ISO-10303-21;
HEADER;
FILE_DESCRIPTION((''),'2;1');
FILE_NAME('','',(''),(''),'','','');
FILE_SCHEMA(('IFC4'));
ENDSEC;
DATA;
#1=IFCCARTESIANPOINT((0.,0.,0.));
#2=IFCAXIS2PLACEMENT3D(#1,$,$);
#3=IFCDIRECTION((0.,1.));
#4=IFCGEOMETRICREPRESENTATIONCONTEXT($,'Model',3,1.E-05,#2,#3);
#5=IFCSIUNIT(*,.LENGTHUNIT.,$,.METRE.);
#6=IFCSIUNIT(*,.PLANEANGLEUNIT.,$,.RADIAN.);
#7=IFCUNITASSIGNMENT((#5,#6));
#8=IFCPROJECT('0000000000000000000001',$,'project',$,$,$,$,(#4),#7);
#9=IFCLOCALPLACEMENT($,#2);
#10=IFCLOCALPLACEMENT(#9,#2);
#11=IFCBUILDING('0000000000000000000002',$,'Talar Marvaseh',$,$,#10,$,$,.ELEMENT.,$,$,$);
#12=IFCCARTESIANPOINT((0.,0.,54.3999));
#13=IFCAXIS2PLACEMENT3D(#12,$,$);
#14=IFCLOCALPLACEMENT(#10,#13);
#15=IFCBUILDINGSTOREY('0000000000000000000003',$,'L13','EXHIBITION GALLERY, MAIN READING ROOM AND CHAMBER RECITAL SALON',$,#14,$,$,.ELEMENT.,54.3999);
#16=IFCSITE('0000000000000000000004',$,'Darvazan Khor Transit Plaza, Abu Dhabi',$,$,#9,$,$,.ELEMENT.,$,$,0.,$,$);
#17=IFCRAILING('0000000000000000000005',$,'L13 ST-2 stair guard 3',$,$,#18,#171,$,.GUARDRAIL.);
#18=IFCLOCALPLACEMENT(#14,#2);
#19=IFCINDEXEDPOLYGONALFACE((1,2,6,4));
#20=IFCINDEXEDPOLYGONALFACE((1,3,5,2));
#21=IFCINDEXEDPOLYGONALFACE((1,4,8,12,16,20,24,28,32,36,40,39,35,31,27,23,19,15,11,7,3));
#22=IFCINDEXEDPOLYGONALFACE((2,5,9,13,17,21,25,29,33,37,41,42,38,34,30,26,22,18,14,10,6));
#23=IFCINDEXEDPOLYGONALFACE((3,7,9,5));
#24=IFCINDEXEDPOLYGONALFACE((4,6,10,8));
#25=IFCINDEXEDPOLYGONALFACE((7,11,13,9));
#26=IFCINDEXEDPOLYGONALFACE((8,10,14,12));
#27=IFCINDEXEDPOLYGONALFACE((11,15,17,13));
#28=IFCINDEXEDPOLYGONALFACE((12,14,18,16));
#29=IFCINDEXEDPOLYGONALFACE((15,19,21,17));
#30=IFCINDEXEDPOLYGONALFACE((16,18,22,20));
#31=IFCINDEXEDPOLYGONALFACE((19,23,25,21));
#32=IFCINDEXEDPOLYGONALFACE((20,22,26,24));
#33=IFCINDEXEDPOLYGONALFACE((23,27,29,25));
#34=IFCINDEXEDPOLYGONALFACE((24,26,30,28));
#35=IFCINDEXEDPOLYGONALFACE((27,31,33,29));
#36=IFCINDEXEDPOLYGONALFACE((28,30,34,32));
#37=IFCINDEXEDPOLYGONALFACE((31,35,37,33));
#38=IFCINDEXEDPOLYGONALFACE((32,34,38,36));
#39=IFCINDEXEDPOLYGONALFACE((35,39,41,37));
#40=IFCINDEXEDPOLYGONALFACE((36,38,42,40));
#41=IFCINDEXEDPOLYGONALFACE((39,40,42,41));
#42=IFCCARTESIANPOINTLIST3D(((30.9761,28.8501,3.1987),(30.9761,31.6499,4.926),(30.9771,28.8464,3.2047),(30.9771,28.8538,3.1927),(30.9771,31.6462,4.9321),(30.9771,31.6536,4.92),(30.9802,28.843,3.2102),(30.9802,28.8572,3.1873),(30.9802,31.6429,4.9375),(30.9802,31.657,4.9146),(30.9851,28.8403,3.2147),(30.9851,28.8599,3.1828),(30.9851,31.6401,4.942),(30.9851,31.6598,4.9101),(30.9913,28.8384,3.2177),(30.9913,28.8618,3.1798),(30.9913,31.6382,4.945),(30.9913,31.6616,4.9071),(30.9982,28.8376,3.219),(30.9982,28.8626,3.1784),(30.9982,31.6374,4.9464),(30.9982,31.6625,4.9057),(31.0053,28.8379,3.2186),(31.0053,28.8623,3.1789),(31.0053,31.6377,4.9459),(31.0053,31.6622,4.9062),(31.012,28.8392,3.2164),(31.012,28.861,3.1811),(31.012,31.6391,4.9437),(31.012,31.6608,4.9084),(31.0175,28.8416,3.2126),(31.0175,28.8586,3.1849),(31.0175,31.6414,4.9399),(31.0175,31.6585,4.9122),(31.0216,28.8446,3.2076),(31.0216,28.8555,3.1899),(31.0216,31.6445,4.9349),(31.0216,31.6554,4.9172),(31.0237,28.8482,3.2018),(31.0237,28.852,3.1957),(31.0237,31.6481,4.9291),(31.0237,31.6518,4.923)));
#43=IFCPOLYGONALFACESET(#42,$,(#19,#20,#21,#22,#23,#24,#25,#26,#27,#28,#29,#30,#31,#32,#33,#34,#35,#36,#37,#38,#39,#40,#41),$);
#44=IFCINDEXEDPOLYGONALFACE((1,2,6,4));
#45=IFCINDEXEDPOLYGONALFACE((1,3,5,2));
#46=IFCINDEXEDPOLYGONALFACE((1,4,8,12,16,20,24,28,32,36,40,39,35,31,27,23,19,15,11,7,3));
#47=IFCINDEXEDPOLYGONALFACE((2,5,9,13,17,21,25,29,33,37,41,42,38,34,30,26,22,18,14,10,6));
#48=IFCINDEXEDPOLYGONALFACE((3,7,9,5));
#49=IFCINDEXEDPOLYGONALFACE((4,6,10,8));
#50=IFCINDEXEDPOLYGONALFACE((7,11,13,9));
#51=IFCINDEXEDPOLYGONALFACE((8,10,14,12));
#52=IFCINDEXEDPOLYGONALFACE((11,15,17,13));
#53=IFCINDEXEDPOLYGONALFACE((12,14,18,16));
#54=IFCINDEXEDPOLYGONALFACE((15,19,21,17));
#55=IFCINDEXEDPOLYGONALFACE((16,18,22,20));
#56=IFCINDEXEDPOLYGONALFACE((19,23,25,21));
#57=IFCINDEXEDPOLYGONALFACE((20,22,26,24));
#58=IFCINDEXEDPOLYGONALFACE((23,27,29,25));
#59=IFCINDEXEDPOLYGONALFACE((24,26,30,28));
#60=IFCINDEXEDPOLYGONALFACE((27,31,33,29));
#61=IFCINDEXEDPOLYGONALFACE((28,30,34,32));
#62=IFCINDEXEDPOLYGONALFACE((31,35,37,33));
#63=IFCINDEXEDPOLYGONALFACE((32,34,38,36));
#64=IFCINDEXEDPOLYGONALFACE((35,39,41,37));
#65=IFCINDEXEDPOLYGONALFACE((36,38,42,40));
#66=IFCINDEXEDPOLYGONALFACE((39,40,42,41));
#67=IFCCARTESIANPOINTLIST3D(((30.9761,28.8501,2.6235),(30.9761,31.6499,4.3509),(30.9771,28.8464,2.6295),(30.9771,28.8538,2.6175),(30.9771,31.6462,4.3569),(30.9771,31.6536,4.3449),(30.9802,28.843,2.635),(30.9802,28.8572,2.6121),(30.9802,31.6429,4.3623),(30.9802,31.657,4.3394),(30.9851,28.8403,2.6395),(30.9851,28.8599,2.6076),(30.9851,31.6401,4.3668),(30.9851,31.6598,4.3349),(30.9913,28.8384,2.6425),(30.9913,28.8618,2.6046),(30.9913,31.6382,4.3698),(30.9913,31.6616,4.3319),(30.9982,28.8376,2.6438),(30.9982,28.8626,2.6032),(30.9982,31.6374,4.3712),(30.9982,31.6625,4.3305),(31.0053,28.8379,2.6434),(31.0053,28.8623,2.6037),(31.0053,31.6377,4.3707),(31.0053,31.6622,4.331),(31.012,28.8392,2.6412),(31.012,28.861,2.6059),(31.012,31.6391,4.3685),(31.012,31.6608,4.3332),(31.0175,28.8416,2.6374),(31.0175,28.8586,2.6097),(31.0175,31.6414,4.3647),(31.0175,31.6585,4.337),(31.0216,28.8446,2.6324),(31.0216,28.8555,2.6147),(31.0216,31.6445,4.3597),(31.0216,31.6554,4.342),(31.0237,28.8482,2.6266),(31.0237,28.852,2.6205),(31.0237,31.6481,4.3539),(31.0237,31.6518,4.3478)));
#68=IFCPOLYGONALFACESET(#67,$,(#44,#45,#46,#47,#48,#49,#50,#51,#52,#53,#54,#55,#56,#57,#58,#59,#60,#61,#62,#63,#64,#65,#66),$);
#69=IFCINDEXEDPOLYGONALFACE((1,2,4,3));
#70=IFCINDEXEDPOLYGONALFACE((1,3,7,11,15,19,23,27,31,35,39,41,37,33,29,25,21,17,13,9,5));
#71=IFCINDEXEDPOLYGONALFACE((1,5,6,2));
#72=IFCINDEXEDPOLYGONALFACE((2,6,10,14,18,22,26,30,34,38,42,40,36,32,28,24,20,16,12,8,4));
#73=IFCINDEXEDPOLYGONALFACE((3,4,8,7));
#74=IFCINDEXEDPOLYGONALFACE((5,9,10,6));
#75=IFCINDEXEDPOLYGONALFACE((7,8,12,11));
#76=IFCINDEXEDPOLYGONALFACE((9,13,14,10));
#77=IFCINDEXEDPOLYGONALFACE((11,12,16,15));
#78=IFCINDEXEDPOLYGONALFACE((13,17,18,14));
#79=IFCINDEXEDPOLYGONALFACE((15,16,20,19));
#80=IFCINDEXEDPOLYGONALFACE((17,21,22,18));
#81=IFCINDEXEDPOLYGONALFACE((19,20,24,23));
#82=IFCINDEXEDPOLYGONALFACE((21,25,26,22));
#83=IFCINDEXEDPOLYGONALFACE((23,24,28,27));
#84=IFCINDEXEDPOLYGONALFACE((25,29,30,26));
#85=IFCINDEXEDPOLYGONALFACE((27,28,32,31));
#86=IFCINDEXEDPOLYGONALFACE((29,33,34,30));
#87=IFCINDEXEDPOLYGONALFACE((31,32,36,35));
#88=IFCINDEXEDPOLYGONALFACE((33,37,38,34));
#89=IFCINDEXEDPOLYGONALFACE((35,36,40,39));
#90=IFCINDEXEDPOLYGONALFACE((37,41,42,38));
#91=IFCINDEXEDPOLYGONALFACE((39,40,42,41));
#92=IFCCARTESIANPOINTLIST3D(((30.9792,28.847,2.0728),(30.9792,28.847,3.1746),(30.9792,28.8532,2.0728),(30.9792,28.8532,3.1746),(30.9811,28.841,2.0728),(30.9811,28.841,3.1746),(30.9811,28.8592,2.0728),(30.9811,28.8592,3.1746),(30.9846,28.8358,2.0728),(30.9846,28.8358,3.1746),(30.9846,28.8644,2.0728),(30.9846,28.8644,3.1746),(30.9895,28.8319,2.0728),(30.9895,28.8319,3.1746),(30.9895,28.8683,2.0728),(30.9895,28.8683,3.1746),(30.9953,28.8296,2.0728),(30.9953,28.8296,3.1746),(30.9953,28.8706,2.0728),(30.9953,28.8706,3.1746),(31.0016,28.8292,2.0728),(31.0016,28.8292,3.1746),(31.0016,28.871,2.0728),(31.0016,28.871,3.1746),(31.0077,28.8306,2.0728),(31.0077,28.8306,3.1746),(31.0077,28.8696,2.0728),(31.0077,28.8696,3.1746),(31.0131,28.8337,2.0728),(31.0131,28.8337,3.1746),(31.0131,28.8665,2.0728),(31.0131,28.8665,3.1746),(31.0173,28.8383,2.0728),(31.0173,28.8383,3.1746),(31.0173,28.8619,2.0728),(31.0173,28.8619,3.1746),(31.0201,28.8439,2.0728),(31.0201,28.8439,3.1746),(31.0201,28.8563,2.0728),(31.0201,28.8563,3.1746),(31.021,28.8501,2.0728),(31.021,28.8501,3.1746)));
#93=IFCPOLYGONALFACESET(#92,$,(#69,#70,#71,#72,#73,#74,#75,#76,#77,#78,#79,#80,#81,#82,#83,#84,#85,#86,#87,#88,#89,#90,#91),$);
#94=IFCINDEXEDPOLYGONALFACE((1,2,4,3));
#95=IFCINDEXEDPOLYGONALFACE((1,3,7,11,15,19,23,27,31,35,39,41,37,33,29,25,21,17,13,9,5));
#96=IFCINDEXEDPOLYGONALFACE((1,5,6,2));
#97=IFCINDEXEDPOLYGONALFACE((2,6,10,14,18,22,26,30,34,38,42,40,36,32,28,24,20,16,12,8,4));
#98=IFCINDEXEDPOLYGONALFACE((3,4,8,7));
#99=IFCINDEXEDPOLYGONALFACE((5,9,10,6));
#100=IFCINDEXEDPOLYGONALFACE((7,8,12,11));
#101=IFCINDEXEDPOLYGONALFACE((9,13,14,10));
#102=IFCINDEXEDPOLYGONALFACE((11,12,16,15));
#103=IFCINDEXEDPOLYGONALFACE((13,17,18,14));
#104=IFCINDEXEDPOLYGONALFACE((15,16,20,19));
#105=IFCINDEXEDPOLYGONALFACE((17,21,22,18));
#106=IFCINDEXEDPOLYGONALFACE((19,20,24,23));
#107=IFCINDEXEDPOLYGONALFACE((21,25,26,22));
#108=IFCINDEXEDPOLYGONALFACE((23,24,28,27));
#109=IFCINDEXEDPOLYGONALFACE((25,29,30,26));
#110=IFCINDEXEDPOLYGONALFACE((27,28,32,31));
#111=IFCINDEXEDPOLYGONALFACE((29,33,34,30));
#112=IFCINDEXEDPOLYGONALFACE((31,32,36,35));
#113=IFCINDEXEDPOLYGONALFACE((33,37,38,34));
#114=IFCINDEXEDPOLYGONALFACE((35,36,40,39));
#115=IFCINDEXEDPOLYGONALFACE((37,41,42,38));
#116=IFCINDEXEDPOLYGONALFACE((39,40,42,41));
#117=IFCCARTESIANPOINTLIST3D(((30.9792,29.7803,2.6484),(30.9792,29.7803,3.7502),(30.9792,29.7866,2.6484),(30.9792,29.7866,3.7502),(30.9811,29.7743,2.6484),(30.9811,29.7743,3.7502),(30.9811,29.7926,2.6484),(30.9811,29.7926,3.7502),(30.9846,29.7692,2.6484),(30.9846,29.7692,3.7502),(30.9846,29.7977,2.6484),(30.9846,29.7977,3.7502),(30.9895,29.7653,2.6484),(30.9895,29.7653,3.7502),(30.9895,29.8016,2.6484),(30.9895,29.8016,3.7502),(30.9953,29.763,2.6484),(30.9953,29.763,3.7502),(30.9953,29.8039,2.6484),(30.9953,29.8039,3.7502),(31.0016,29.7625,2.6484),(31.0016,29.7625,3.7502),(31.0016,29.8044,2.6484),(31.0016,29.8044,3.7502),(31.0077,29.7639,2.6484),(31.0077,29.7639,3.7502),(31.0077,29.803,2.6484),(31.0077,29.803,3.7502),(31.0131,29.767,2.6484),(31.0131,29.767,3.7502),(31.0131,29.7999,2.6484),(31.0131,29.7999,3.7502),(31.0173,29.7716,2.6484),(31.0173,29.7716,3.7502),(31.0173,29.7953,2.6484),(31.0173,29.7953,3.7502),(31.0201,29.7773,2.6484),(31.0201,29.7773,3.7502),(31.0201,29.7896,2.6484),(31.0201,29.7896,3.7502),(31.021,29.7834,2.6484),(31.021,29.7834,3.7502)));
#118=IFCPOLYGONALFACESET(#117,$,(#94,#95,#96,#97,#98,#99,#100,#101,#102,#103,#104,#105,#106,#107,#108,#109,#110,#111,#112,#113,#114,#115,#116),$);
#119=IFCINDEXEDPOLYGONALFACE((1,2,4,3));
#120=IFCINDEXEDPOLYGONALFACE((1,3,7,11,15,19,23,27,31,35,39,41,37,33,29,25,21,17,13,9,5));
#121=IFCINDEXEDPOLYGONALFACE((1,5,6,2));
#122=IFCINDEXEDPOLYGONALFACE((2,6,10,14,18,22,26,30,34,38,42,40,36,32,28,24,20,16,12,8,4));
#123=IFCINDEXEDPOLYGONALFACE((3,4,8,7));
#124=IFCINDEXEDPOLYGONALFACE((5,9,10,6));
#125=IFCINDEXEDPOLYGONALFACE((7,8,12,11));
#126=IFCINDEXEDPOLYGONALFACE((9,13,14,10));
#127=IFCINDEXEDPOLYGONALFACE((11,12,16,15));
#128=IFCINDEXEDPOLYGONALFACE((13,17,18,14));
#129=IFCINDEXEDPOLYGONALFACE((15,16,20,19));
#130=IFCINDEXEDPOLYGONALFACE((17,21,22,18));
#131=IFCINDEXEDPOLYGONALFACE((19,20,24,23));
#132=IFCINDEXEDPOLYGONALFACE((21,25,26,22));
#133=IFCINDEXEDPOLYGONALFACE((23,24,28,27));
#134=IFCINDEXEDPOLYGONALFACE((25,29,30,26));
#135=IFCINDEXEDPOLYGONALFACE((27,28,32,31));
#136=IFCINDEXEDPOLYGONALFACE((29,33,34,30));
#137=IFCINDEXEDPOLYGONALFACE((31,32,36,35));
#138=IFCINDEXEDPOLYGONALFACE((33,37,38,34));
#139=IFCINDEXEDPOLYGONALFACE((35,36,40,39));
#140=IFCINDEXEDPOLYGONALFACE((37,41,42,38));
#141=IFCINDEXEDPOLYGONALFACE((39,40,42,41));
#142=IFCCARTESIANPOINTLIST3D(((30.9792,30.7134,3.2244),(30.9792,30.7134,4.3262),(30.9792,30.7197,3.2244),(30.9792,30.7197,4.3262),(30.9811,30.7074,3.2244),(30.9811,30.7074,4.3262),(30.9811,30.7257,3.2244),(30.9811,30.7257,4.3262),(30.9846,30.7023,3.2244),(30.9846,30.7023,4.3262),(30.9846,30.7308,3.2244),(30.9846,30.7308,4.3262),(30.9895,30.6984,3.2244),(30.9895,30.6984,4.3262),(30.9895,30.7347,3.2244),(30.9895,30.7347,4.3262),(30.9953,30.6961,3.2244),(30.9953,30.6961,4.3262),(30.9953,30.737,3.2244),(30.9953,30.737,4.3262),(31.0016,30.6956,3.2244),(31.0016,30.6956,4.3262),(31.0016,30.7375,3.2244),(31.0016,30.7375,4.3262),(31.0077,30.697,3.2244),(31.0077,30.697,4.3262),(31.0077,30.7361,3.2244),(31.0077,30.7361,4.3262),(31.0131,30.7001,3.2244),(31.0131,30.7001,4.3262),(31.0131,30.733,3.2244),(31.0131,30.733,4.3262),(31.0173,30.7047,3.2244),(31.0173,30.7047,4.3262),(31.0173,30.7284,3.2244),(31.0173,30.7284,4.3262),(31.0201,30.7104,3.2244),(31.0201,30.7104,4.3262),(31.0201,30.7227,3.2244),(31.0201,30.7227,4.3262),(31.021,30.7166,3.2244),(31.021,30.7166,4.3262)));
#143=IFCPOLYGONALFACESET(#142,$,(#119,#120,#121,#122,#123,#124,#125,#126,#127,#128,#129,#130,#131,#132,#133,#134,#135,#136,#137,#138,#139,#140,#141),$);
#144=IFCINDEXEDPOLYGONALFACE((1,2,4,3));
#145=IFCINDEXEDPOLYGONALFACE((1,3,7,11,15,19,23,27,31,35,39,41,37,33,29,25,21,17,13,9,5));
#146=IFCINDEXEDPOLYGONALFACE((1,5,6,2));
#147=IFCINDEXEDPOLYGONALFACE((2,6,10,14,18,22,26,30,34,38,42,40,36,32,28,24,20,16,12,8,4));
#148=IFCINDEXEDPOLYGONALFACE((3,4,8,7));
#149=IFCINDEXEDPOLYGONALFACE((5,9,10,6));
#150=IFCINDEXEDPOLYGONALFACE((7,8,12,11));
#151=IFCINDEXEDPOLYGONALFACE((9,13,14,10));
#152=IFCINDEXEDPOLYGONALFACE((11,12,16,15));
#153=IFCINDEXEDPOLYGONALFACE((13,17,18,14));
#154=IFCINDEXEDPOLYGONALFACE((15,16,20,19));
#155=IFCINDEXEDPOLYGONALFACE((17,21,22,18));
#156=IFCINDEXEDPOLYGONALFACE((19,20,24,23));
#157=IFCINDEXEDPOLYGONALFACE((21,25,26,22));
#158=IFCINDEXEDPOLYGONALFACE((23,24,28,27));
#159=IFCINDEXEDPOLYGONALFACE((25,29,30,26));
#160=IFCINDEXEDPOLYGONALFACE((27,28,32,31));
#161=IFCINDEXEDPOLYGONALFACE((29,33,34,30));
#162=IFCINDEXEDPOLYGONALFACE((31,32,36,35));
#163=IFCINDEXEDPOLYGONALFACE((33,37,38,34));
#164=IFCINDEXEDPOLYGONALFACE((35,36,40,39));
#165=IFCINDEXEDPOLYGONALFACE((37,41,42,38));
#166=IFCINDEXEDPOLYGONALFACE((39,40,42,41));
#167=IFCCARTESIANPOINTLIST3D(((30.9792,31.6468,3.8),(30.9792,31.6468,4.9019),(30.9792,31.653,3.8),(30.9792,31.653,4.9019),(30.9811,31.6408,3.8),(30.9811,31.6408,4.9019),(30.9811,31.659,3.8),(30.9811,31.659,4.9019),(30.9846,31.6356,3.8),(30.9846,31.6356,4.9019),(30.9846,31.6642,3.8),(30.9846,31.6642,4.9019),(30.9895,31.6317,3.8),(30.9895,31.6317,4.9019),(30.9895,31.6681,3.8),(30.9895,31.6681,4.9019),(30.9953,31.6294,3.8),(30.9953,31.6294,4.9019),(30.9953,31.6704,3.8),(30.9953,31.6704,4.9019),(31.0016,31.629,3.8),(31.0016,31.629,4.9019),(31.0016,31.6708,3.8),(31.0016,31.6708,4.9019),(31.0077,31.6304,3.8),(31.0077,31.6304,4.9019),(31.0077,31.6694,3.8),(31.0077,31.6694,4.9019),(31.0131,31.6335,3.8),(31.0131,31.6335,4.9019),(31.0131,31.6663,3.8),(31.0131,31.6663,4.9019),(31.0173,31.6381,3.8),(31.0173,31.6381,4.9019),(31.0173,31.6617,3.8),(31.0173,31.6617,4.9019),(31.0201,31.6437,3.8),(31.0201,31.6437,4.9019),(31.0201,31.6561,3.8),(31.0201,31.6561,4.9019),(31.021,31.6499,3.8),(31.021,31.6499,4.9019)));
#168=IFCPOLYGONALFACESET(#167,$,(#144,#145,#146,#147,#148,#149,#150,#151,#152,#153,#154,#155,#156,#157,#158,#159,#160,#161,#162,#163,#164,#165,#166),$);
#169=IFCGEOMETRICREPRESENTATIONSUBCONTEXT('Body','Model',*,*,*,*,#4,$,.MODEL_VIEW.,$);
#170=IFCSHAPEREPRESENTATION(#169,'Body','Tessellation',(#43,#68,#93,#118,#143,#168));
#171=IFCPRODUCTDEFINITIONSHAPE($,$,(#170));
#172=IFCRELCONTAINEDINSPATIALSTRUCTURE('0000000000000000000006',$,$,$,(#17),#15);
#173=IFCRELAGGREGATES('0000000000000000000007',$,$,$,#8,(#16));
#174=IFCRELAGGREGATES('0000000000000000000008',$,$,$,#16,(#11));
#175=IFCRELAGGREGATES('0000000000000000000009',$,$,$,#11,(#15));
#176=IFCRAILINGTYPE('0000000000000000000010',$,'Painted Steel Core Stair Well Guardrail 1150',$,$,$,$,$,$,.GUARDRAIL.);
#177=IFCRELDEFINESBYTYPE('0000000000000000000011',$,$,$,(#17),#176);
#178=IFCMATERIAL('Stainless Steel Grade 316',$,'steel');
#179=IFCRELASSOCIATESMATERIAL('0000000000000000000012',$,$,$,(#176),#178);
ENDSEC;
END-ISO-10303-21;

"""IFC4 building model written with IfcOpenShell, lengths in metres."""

from ifc_helpers import new_model, si_unit, direction, frame, origin, origin_2d, place, context, subcontext, project, spatial, circle, extrude, material, type_object, element, save


model = new_model("IFC4")

# Units and contexts
model_context = context("Model", 3, precision=1e-05, world=origin(), true_north=direction((0.0, 1.0)))
body_context = subcontext(model_context, "Body", "Model", "MODEL_VIEW")
ifc_project = project(units=[si_unit("LENGTHUNIT", "METRE"), si_unit("PLANEANGLEUNIT", "RADIAN")], contexts=[model_context])

# Site, building, storey
site_placement = place(None, origin())
site = spatial("IfcSite", under=ifc_project, at=site_placement, Name="Darvazan Khor Transit Plaza, Abu Dhabi", CompositionType="ELEMENT", RefElevation=0.0)
building_placement = place(site_placement, origin())
building = spatial("IfcBuilding", under=site, at=building_placement, Name="Talar Marvaseh", CompositionType="ELEMENT")
storey_placement = place(building_placement, frame((0.0, 0.0, 54.3999)))
storey = spatial("IfcBuildingStorey", under=building, at=storey_placement, Name="L13", Description="EXHIBITION GALLERY, MAIN READING ROOM AND CHAMBER RECITAL SALON", CompositionType="ELEMENT", Elevation=54.3999)

# Railing
ifc_material_1 = material(Name="Stainless Steel Grade 316", Category="steel")
railing_type_1 = type_object("IfcRailingType", Name="Painted Steel Core Stair Well Guardrail 1150", PredefinedType="GUARDRAIL", material=ifc_material_1)
railing_1_placement = place(storey_placement, frame((31.0, 28.8501, 2.0728)))
element("IfcRailing", 1, at=railing_1_placement, inside=storey, type_object=railing_type_1, Name="L13 ST-2 stair guard 3", PredefinedType="GUARDRAIL", context=body_context, shape_type="SweptSolid", body=[
    extrude(circle(Radius=0.0239, at=origin_2d()), frame((0.0, 0.0, 1.126), z_axis=(0.0, 0.851069, 0.525054), x_axis=(-1.0, 0.0, 0.0)), (0.0, 0.0, 1.0), 3.2898),
    extrude(circle(Radius=0.0239, at=origin_2d()), frame((0.0, 0.0, 0.5508), z_axis=(0.0, 0.851069, 0.525054), x_axis=(-1.0, 0.0, 0.0)), (0.0, 0.0, 1.0), 3.2898),
    extrude(circle(Radius=0.021, at=origin_2d()), origin(), (0.0, 0.0, 1.0), 1.1018),
    extrude(circle(Radius=0.021, at=origin_2d()), frame((0.0, 0.9333, 0.5757)), (0.0, 0.0, 1.0), 1.1018),
    extrude(circle(Radius=0.021, at=origin_2d()), frame((0.0, 1.8665, 1.1516)), (0.0, 0.0, 1.0), 1.1018),
    extrude(circle(Radius=0.021, at=origin_2d()), frame((0.0, 2.7998, 1.7273)), (0.0, 0.0, 1.0), 1.1018),
])

save(model, "model.ifc")
